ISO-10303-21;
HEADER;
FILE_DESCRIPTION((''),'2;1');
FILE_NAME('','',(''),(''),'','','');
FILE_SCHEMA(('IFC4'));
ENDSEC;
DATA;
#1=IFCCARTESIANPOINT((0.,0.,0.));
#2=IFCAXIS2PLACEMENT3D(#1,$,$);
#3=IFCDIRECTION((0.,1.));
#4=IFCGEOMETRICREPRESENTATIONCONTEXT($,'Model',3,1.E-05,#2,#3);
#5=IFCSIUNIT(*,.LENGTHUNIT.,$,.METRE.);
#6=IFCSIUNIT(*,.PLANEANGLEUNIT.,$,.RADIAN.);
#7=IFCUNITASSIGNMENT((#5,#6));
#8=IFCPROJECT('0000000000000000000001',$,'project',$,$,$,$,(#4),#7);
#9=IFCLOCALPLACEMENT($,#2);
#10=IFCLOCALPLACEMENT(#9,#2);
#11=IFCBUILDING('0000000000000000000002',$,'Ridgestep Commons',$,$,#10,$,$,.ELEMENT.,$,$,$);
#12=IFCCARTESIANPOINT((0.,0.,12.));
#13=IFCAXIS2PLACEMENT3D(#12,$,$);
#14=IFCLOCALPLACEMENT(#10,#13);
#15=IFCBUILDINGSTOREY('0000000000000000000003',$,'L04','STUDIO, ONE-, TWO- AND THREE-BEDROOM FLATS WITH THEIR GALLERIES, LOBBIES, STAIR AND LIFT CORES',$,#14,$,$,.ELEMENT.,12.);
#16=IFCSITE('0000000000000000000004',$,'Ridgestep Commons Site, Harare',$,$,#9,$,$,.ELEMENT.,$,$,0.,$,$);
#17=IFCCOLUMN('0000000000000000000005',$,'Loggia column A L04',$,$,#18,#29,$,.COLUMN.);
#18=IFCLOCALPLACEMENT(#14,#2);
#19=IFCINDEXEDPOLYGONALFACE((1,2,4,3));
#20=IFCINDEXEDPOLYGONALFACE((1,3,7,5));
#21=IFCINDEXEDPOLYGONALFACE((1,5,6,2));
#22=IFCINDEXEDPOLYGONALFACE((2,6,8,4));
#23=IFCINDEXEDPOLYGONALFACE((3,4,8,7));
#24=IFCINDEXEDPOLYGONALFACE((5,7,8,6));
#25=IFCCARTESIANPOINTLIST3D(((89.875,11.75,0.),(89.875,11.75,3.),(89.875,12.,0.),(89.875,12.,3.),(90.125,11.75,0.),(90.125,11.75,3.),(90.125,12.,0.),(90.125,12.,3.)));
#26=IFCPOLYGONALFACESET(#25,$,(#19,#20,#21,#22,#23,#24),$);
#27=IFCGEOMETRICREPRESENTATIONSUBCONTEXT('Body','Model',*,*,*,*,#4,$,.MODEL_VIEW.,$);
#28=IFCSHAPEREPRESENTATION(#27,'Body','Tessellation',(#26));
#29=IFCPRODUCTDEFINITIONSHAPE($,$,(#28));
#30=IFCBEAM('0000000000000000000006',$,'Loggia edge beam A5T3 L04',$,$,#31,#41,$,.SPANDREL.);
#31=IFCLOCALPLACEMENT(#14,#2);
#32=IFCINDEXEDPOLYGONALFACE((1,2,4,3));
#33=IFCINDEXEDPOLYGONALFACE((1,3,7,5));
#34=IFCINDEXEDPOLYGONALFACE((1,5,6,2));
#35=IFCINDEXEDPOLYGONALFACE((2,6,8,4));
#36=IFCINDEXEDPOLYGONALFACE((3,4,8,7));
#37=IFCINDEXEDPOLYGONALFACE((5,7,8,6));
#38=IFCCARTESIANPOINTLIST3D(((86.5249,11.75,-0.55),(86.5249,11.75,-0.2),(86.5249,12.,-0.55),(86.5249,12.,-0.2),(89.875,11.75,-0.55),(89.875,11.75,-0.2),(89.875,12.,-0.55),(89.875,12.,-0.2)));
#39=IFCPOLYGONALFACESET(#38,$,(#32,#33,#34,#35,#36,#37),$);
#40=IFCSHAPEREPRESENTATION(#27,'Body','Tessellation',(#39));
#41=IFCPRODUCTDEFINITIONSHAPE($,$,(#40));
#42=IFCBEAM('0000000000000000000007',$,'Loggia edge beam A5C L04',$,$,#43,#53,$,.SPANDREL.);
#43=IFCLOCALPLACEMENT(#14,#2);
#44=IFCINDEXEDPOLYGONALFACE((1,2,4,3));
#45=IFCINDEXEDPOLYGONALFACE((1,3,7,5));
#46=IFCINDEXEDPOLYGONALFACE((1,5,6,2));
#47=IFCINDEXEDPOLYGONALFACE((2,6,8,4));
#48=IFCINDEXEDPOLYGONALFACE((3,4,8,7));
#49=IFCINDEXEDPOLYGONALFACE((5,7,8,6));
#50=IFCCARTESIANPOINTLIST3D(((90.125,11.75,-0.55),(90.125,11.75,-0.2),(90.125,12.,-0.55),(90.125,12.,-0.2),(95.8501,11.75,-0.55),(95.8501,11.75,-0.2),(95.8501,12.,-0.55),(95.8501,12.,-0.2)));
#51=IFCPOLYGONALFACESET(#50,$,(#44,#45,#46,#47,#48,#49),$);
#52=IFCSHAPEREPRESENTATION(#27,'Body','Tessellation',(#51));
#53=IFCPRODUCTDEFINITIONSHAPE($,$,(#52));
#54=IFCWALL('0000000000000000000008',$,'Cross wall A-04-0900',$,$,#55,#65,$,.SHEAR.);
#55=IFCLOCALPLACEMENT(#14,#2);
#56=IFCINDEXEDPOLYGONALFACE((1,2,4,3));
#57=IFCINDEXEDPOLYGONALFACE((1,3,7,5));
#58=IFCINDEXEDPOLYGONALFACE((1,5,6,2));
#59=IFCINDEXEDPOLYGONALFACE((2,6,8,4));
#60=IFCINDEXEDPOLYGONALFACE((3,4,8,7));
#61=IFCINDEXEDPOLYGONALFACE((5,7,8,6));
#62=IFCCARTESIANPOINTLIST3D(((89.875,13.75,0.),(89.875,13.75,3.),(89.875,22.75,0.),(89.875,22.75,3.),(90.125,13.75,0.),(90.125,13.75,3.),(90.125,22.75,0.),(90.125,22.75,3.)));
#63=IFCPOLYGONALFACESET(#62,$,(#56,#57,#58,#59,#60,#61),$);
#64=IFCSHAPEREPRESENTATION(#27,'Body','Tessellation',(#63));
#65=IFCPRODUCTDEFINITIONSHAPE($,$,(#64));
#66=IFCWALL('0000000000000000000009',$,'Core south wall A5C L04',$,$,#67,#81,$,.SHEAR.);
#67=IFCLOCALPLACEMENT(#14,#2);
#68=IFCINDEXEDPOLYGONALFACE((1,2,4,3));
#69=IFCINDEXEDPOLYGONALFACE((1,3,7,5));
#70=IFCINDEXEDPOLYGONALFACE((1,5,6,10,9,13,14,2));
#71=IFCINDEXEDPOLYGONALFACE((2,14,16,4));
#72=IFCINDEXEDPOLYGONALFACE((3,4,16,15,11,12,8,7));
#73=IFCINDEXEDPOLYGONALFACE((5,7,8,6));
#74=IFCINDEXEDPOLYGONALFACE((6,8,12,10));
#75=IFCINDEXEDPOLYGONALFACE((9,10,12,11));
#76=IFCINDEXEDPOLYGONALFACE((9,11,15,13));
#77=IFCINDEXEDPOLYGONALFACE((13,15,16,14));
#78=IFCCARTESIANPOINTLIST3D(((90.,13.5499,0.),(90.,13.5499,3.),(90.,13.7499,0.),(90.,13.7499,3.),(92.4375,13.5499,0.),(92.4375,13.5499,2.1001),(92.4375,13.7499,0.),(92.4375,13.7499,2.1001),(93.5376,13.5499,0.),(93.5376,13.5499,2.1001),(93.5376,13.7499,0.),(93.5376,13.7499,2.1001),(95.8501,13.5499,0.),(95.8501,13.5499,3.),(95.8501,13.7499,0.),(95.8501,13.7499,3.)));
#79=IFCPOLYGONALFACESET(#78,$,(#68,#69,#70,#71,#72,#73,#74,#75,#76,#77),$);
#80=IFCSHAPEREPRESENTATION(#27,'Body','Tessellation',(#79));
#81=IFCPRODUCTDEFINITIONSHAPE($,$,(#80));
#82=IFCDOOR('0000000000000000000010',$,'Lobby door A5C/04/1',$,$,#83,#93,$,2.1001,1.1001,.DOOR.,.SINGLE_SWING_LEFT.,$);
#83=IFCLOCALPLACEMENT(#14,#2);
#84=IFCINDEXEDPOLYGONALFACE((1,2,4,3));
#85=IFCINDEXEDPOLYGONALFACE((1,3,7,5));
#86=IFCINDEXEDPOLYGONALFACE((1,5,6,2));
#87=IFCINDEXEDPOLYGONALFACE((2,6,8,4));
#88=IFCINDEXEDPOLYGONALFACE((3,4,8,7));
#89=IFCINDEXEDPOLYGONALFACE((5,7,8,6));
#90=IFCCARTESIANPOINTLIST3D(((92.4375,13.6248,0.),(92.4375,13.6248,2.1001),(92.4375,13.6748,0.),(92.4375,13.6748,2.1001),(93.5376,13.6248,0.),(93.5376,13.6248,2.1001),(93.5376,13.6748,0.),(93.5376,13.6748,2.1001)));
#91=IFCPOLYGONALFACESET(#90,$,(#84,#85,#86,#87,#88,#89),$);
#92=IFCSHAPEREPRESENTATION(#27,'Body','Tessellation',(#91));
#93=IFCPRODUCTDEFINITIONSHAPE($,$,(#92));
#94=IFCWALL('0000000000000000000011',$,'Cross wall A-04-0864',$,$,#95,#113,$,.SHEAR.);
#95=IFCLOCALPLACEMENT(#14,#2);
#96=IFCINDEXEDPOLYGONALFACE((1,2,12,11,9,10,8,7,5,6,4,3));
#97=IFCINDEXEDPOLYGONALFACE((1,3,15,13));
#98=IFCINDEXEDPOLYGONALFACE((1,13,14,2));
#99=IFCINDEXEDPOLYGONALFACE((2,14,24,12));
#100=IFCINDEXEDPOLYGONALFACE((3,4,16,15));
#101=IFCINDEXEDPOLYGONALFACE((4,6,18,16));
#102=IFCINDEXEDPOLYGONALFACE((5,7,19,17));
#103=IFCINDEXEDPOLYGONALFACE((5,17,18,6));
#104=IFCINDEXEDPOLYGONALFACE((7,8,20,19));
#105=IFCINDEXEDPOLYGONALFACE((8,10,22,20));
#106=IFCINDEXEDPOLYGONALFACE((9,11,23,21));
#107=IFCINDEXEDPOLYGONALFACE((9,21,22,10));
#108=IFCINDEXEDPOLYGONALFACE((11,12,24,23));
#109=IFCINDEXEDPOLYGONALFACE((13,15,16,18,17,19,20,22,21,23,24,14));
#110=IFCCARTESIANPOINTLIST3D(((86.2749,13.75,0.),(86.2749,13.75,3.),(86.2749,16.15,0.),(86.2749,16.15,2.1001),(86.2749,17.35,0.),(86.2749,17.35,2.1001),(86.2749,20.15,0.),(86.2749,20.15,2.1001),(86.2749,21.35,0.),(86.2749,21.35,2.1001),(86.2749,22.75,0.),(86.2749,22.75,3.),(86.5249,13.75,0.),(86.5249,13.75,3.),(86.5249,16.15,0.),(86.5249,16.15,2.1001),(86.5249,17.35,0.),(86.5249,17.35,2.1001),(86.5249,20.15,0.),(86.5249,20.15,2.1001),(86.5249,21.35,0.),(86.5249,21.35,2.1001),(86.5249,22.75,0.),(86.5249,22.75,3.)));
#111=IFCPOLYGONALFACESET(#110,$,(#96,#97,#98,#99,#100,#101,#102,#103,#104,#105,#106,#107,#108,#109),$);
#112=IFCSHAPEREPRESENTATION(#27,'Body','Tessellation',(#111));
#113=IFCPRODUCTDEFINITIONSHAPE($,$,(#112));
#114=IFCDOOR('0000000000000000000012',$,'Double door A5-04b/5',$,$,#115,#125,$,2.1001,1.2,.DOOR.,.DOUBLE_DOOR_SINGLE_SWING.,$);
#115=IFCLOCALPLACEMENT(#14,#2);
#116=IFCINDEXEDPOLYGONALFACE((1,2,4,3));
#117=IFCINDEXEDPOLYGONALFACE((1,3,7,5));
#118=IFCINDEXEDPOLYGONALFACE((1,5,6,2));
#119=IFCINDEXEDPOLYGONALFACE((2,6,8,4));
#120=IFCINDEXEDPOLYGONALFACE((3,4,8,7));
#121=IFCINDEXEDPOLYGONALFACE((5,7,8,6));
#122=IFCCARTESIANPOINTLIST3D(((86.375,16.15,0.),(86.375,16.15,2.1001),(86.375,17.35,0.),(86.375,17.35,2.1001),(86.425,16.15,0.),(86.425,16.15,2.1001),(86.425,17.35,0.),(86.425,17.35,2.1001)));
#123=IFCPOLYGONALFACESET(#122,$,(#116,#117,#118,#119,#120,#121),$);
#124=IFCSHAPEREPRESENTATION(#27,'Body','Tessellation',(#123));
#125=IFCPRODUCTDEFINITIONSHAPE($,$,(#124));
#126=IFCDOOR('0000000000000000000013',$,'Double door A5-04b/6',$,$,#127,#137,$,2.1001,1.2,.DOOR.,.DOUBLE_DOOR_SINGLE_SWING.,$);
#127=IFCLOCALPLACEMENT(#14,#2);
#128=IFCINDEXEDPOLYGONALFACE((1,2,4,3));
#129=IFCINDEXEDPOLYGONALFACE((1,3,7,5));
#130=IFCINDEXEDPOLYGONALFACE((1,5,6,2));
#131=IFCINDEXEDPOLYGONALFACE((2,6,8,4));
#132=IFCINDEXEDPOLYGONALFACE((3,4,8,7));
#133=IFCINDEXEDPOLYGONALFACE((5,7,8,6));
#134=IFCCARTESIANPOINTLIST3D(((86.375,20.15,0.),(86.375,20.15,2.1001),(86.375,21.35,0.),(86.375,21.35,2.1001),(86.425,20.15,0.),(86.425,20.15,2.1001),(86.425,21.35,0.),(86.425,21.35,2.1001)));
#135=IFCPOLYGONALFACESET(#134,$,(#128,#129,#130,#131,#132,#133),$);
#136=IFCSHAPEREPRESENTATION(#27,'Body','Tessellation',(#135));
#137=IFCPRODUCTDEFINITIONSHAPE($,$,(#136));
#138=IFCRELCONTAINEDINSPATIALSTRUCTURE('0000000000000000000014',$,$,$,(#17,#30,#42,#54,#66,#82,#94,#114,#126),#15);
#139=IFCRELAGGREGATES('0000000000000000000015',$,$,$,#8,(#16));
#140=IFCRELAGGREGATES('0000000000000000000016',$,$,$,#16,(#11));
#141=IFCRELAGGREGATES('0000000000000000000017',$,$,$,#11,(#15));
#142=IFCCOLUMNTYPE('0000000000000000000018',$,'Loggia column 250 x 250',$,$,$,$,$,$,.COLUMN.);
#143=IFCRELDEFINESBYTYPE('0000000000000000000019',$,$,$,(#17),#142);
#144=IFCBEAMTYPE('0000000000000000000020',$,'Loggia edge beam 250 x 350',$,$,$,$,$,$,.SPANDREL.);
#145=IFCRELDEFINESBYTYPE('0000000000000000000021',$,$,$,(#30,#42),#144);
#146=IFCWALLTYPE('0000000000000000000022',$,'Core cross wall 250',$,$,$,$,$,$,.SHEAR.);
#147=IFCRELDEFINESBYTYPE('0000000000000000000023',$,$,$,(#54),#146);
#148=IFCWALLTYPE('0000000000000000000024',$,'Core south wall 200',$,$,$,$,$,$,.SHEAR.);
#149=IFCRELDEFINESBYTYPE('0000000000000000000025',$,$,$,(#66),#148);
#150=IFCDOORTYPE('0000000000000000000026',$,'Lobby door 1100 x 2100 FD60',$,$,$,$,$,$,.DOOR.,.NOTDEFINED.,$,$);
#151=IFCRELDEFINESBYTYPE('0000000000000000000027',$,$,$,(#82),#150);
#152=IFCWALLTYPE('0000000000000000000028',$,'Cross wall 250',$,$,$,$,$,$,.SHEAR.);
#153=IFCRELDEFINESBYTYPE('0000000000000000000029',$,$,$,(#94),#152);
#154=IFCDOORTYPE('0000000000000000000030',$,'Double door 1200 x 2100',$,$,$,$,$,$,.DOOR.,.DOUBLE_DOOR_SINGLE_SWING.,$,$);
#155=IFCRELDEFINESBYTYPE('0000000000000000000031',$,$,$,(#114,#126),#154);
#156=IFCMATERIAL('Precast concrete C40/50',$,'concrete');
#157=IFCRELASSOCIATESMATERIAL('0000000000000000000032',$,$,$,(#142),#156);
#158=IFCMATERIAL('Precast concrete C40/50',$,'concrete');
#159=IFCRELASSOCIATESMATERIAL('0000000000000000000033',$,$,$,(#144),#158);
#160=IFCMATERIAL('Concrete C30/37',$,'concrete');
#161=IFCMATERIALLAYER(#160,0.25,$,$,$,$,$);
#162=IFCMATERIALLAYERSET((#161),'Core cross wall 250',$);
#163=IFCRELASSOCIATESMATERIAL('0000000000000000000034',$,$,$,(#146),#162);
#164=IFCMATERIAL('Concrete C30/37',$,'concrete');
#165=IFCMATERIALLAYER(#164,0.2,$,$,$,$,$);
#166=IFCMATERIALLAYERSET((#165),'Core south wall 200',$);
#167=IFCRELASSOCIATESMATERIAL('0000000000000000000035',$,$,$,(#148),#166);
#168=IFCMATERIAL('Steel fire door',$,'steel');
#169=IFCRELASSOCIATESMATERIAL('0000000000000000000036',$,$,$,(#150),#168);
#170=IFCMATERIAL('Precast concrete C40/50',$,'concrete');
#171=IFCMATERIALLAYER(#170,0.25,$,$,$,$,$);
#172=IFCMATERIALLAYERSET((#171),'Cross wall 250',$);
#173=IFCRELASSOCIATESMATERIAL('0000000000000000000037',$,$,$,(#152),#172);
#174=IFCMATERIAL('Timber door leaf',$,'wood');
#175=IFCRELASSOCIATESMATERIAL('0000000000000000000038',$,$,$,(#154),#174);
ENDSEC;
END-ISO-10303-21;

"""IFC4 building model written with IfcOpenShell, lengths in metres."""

from ifc_helpers import new_model, si_unit, direction, frame, frame_2d, origin, origin_2d, place, context, subcontext, project, spatial, rectangle, extrude, material, layer, layer_set, material_profile, profile_set, type_object, element, fill, save


model = new_model("IFC4")

# Units and contexts
model_context = context("Model", 3, precision=1e-05, world=origin(), true_north=direction((0.0, 1.0)))
body_context = subcontext(model_context, "Body", "Model", "MODEL_VIEW")
ifc_project = project(units=[si_unit("LENGTHUNIT", "METRE"), si_unit("PLANEANGLEUNIT", "RADIAN")], contexts=[model_context])

# Site, building, storey
site_placement = place(None, origin())
site = spatial("IfcSite", under=ifc_project, at=site_placement, Name="Ridgestep Commons Site, Harare", CompositionType="ELEMENT", RefElevation=0.0)
building_placement = place(site_placement, origin())
building = spatial("IfcBuilding", under=site, at=building_placement, Name="Ridgestep Commons", CompositionType="ELEMENT")
storey_placement = place(building_placement, frame((0.0, 0.0, 12.0)))
storey = spatial("IfcBuildingStorey", under=building, at=storey_placement, Name="L04", Description="STUDIO, ONE-, TWO- AND THREE-BEDROOM FLATS WITH THEIR GALLERIES, LOBBIES, STAIR AND LIFT CORES", CompositionType="ELEMENT", Elevation=12.0)

# Column
ifc_material_1 = material(Name="Precast concrete C40/50", Category="concrete")
ifc_material_profile_1 = material_profile(ifc_material_1, rectangle(XDim=0.25, YDim=0.25, at=origin_2d()), Name="PC 250x250")
ifc_profile_set_1 = profile_set([ifc_material_profile_1], Name="Precast concrete C40/50")
column_type = type_object("IfcColumnType", Name="Loggia column 250 x 250", PredefinedType="COLUMN", material=ifc_profile_set_1)
column_placement = place(storey_placement, frame((90.0, 11.875, 0.0), z_axis=(0.0, 0.0, 1.0), x_axis=(1.0, 0.0, 0.0)))
element("IfcColumn", 1, at=column_placement, inside=storey, type_object=column_type, Name="Loggia column A L04", PredefinedType="COLUMN", context=body_context, shape_type="SweptSolid", body=[
    extrude(rectangle(XDim=0.25, YDim=0.25, at=origin_2d()), origin(), (0.0, 0.0, 1.0), 3.0),
])

# Beams
ifc_material_2 = material(Name="Precast concrete C40/50", Category="concrete")
ifc_material_profile_2 = material_profile(ifc_material_2, rectangle(XDim=0.25, YDim=0.3501, at=origin_2d()), Name="PC 250x350")
ifc_profile_set_2 = profile_set([ifc_material_profile_2], Name="Precast concrete C40/50")
beam_type = type_object("IfcBeamType", Name="Loggia edge beam 250 x 350", PredefinedType="SPANDREL", material=ifc_profile_set_2)
beam_1_placement = place(storey_placement, frame((86.5249, 11.875, -0.375), z_axis=(1.0, 0.0, 0.0), x_axis=(0.0, 1.0, 0.0)))
element("IfcBeam", 2, at=beam_1_placement, inside=storey, type_object=beam_type, Name="Loggia edge beam A5T3 L04", PredefinedType="SPANDREL", context=body_context, shape_type="SweptSolid", body=[
    extrude(rectangle(XDim=0.25, YDim=0.3501, at=origin_2d()), origin(), (0.0, 0.0, 1.0), 3.3501),
])
beam_2_placement = place(storey_placement, frame((90.125, 11.875, -0.375), z_axis=(1.0, 0.0, 0.0), x_axis=(0.0, 1.0, 0.0)))
element("IfcBeam", 3, at=beam_2_placement, inside=storey, type_object=beam_type, Name="Loggia edge beam A5C L04", PredefinedType="SPANDREL", context=body_context, shape_type="SweptSolid", body=[
    extrude(rectangle(XDim=0.25, YDim=0.3501, at=origin_2d()), origin(), (0.0, 0.0, 1.0), 5.7251),
])

# Wall
ifc_material_3 = material(Name="Concrete C30/37", Category="concrete")
ifc_layer_1 = layer(ifc_material_3, 0.25)
ifc_layer_set_1 = layer_set([ifc_layer_1], Name="Core cross wall 250")
wall_type_1 = type_object("IfcWallType", Name="Core cross wall 250", PredefinedType="SHEAR", material=ifc_layer_set_1)
wall_1_placement = place(storey_placement, frame((90.0, 13.75, 0.0), z_axis=(0.0, 0.0, 1.0), x_axis=(0.0, 1.0, 0.0)))
element("IfcWall", 4, at=wall_1_placement, inside=storey, type_object=wall_type_1, Name="Cross wall A-04-0900", PredefinedType="SHEAR", context=body_context, shape_type="SweptSolid", body=[
    extrude(rectangle(XDim=9.0, YDim=0.25, at=frame_2d((4.5, 0.0))), origin(), (0.0, 0.0, 1.0), 3.0),
])

# Wall, opening, door
ifc_material_4 = material(Name="Concrete C30/37", Category="concrete")
ifc_layer_2 = layer(ifc_material_4, 0.2)
ifc_layer_set_2 = layer_set([ifc_layer_2], Name="Core south wall 200")
wall_type_2 = type_object("IfcWallType", Name="Core south wall 200", PredefinedType="SHEAR", material=ifc_layer_set_2)
wall_2_placement = place(storey_placement, frame((90.0, 13.6499, 0.0), z_axis=(0.0, 0.0, 1.0), x_axis=(1.0, 0.0, 0.0)))
wall_2 = element("IfcWall", 5, at=wall_2_placement, inside=storey, type_object=wall_type_2, Name="Core south wall A5C L04", PredefinedType="SHEAR", context=body_context, shape_type="SweptSolid", body=[
    extrude(rectangle(XDim=5.8501, YDim=0.2, at=frame_2d((2.925, 0.0))), origin(), (0.0, 0.0, 1.0), 3.0),
])
opening_1_placement = place(wall_2_placement, frame((2.4375, 0.0, 0.0)))
opening_1 = element("IfcOpeningElement", 6, at=opening_1_placement, cuts=wall_2, PredefinedType="OPENING", context=body_context, shape_type="SweptSolid", body=[
    extrude(rectangle(XDim=1.1001, YDim=2.1001, at=frame_2d((0.55, 1.05))), frame((0.0, 0.1099, 0.0), z_axis=(0.0, -1.0, 0.0), x_axis=(1.0, 0.0, 0.0)), (0.0, 0.0, 1.0), 0.22),
])
ifc_material_5 = material(Name="Steel fire door", Category="steel")
door_type_1 = type_object("IfcDoorType", Name="Lobby door 1100 x 2100 FD60", OperationType="NOTDEFINED", PredefinedType="DOOR", material=ifc_material_5)
door_1_placement = place(opening_1_placement, origin())
door_1 = element("IfcDoor", 7, at=door_1_placement, inside=storey, type_object=door_type_1, Name="Lobby door A5C/04/1", OperationType="SINGLE_SWING_LEFT", OverallHeight=2.1001, OverallWidth=1.1001, PredefinedType="DOOR", context=body_context, shape_type="SweptSolid", body=[
    extrude(rectangle(XDim=1.1001, YDim=2.1001, at=frame_2d((0.55, 1.05))), frame((0.0, 0.0249, 0.0), z_axis=(0.0, -1.0, 0.0), x_axis=(1.0, 0.0, 0.0)), (0.0, 0.0, 1.0), 0.05),
])
fill(opening_1, door_1)

# Wall, openings, doors
ifc_material_6 = material(Name="Precast concrete C40/50", Category="concrete")
ifc_layer_3 = layer(ifc_material_6, 0.25)
ifc_layer_set_3 = layer_set([ifc_layer_3], Name="Cross wall 250")
wall_type_3 = type_object("IfcWallType", Name="Cross wall 250", PredefinedType="SHEAR", material=ifc_layer_set_3)
wall_3_placement = place(storey_placement, frame((86.3999, 13.75, 0.0), z_axis=(0.0, 0.0, 1.0), x_axis=(0.0, 1.0, 0.0)))
wall_3 = element("IfcWall", 8, at=wall_3_placement, inside=storey, type_object=wall_type_3, Name="Cross wall A-04-0864", PredefinedType="SHEAR", context=body_context, shape_type="SweptSolid", body=[
    extrude(rectangle(XDim=9.0, YDim=0.25, at=frame_2d((4.5, 0.0))), origin(), (0.0, 0.0, 1.0), 3.0),
])
opening_2_placement = place(wall_3_placement, frame((2.3999, 0.0, 0.0)))
opening_2 = element("IfcOpeningElement", 9, at=opening_2_placement, cuts=wall_3, PredefinedType="OPENING", context=body_context, shape_type="SweptSolid", body=[
    extrude(rectangle(XDim=1.2, YDim=2.1001, at=frame_2d((0.6001, 1.05))), frame((0.0, 0.135, 0.0), z_axis=(0.0, -1.0, 0.0), x_axis=(1.0, 0.0, 0.0)), (0.0, 0.0, 1.0), 0.27),
])
opening_3_placement = place(wall_3_placement, frame((6.3999, 0.0, 0.0)))
opening_3 = element("IfcOpeningElement", 10, at=opening_3_placement, cuts=wall_3, PredefinedType="OPENING", context=body_context, shape_type="SweptSolid", body=[
    extrude(rectangle(XDim=1.2, YDim=2.1001, at=frame_2d((0.6001, 1.05))), frame((0.0, 0.135, 0.0), z_axis=(0.0, -1.0, 0.0), x_axis=(1.0, 0.0, 0.0)), (0.0, 0.0, 1.0), 0.27),
])
ifc_material_7 = material(Name="Timber door leaf", Category="wood")
door_type_2 = type_object("IfcDoorType", Name="Double door 1200 x 2100", OperationType="DOUBLE_DOOR_SINGLE_SWING", PredefinedType="DOOR", material=ifc_material_7)
door_2_placement = place(opening_2_placement, origin())
door_2 = element("IfcDoor", 11, at=door_2_placement, inside=storey, type_object=door_type_2, Name="Double door A5-04b/5", OperationType="DOUBLE_DOOR_SINGLE_SWING", OverallHeight=2.1001, OverallWidth=1.2, PredefinedType="DOOR", context=body_context, shape_type="SweptSolid", body=[
    extrude(rectangle(XDim=1.2, YDim=2.1001, at=frame_2d((0.6001, 1.05))), frame((0.0, 0.0249, 0.0), z_axis=(0.0, -1.0, 0.0), x_axis=(1.0, 0.0, 0.0)), (0.0, 0.0, 1.0), 0.05),
])
fill(opening_2, door_2)
door_3_placement = place(opening_3_placement, origin())
door_3 = element("IfcDoor", 12, at=door_3_placement, inside=storey, type_object=door_type_2, Name="Double door A5-04b/6", OperationType="DOUBLE_DOOR_SINGLE_SWING", OverallHeight=2.1001, OverallWidth=1.2, PredefinedType="DOOR", context=body_context, shape_type="SweptSolid", body=[
    extrude(rectangle(XDim=1.2, YDim=2.1001, at=frame_2d((0.6001, 1.05))), frame((0.0, 0.0249, 0.0), z_axis=(0.0, -1.0, 0.0), x_axis=(1.0, 0.0, 0.0)), (0.0, 0.0, 1.0), 0.05),
])
fill(opening_3, door_3)

save(model, "model.ifc")
